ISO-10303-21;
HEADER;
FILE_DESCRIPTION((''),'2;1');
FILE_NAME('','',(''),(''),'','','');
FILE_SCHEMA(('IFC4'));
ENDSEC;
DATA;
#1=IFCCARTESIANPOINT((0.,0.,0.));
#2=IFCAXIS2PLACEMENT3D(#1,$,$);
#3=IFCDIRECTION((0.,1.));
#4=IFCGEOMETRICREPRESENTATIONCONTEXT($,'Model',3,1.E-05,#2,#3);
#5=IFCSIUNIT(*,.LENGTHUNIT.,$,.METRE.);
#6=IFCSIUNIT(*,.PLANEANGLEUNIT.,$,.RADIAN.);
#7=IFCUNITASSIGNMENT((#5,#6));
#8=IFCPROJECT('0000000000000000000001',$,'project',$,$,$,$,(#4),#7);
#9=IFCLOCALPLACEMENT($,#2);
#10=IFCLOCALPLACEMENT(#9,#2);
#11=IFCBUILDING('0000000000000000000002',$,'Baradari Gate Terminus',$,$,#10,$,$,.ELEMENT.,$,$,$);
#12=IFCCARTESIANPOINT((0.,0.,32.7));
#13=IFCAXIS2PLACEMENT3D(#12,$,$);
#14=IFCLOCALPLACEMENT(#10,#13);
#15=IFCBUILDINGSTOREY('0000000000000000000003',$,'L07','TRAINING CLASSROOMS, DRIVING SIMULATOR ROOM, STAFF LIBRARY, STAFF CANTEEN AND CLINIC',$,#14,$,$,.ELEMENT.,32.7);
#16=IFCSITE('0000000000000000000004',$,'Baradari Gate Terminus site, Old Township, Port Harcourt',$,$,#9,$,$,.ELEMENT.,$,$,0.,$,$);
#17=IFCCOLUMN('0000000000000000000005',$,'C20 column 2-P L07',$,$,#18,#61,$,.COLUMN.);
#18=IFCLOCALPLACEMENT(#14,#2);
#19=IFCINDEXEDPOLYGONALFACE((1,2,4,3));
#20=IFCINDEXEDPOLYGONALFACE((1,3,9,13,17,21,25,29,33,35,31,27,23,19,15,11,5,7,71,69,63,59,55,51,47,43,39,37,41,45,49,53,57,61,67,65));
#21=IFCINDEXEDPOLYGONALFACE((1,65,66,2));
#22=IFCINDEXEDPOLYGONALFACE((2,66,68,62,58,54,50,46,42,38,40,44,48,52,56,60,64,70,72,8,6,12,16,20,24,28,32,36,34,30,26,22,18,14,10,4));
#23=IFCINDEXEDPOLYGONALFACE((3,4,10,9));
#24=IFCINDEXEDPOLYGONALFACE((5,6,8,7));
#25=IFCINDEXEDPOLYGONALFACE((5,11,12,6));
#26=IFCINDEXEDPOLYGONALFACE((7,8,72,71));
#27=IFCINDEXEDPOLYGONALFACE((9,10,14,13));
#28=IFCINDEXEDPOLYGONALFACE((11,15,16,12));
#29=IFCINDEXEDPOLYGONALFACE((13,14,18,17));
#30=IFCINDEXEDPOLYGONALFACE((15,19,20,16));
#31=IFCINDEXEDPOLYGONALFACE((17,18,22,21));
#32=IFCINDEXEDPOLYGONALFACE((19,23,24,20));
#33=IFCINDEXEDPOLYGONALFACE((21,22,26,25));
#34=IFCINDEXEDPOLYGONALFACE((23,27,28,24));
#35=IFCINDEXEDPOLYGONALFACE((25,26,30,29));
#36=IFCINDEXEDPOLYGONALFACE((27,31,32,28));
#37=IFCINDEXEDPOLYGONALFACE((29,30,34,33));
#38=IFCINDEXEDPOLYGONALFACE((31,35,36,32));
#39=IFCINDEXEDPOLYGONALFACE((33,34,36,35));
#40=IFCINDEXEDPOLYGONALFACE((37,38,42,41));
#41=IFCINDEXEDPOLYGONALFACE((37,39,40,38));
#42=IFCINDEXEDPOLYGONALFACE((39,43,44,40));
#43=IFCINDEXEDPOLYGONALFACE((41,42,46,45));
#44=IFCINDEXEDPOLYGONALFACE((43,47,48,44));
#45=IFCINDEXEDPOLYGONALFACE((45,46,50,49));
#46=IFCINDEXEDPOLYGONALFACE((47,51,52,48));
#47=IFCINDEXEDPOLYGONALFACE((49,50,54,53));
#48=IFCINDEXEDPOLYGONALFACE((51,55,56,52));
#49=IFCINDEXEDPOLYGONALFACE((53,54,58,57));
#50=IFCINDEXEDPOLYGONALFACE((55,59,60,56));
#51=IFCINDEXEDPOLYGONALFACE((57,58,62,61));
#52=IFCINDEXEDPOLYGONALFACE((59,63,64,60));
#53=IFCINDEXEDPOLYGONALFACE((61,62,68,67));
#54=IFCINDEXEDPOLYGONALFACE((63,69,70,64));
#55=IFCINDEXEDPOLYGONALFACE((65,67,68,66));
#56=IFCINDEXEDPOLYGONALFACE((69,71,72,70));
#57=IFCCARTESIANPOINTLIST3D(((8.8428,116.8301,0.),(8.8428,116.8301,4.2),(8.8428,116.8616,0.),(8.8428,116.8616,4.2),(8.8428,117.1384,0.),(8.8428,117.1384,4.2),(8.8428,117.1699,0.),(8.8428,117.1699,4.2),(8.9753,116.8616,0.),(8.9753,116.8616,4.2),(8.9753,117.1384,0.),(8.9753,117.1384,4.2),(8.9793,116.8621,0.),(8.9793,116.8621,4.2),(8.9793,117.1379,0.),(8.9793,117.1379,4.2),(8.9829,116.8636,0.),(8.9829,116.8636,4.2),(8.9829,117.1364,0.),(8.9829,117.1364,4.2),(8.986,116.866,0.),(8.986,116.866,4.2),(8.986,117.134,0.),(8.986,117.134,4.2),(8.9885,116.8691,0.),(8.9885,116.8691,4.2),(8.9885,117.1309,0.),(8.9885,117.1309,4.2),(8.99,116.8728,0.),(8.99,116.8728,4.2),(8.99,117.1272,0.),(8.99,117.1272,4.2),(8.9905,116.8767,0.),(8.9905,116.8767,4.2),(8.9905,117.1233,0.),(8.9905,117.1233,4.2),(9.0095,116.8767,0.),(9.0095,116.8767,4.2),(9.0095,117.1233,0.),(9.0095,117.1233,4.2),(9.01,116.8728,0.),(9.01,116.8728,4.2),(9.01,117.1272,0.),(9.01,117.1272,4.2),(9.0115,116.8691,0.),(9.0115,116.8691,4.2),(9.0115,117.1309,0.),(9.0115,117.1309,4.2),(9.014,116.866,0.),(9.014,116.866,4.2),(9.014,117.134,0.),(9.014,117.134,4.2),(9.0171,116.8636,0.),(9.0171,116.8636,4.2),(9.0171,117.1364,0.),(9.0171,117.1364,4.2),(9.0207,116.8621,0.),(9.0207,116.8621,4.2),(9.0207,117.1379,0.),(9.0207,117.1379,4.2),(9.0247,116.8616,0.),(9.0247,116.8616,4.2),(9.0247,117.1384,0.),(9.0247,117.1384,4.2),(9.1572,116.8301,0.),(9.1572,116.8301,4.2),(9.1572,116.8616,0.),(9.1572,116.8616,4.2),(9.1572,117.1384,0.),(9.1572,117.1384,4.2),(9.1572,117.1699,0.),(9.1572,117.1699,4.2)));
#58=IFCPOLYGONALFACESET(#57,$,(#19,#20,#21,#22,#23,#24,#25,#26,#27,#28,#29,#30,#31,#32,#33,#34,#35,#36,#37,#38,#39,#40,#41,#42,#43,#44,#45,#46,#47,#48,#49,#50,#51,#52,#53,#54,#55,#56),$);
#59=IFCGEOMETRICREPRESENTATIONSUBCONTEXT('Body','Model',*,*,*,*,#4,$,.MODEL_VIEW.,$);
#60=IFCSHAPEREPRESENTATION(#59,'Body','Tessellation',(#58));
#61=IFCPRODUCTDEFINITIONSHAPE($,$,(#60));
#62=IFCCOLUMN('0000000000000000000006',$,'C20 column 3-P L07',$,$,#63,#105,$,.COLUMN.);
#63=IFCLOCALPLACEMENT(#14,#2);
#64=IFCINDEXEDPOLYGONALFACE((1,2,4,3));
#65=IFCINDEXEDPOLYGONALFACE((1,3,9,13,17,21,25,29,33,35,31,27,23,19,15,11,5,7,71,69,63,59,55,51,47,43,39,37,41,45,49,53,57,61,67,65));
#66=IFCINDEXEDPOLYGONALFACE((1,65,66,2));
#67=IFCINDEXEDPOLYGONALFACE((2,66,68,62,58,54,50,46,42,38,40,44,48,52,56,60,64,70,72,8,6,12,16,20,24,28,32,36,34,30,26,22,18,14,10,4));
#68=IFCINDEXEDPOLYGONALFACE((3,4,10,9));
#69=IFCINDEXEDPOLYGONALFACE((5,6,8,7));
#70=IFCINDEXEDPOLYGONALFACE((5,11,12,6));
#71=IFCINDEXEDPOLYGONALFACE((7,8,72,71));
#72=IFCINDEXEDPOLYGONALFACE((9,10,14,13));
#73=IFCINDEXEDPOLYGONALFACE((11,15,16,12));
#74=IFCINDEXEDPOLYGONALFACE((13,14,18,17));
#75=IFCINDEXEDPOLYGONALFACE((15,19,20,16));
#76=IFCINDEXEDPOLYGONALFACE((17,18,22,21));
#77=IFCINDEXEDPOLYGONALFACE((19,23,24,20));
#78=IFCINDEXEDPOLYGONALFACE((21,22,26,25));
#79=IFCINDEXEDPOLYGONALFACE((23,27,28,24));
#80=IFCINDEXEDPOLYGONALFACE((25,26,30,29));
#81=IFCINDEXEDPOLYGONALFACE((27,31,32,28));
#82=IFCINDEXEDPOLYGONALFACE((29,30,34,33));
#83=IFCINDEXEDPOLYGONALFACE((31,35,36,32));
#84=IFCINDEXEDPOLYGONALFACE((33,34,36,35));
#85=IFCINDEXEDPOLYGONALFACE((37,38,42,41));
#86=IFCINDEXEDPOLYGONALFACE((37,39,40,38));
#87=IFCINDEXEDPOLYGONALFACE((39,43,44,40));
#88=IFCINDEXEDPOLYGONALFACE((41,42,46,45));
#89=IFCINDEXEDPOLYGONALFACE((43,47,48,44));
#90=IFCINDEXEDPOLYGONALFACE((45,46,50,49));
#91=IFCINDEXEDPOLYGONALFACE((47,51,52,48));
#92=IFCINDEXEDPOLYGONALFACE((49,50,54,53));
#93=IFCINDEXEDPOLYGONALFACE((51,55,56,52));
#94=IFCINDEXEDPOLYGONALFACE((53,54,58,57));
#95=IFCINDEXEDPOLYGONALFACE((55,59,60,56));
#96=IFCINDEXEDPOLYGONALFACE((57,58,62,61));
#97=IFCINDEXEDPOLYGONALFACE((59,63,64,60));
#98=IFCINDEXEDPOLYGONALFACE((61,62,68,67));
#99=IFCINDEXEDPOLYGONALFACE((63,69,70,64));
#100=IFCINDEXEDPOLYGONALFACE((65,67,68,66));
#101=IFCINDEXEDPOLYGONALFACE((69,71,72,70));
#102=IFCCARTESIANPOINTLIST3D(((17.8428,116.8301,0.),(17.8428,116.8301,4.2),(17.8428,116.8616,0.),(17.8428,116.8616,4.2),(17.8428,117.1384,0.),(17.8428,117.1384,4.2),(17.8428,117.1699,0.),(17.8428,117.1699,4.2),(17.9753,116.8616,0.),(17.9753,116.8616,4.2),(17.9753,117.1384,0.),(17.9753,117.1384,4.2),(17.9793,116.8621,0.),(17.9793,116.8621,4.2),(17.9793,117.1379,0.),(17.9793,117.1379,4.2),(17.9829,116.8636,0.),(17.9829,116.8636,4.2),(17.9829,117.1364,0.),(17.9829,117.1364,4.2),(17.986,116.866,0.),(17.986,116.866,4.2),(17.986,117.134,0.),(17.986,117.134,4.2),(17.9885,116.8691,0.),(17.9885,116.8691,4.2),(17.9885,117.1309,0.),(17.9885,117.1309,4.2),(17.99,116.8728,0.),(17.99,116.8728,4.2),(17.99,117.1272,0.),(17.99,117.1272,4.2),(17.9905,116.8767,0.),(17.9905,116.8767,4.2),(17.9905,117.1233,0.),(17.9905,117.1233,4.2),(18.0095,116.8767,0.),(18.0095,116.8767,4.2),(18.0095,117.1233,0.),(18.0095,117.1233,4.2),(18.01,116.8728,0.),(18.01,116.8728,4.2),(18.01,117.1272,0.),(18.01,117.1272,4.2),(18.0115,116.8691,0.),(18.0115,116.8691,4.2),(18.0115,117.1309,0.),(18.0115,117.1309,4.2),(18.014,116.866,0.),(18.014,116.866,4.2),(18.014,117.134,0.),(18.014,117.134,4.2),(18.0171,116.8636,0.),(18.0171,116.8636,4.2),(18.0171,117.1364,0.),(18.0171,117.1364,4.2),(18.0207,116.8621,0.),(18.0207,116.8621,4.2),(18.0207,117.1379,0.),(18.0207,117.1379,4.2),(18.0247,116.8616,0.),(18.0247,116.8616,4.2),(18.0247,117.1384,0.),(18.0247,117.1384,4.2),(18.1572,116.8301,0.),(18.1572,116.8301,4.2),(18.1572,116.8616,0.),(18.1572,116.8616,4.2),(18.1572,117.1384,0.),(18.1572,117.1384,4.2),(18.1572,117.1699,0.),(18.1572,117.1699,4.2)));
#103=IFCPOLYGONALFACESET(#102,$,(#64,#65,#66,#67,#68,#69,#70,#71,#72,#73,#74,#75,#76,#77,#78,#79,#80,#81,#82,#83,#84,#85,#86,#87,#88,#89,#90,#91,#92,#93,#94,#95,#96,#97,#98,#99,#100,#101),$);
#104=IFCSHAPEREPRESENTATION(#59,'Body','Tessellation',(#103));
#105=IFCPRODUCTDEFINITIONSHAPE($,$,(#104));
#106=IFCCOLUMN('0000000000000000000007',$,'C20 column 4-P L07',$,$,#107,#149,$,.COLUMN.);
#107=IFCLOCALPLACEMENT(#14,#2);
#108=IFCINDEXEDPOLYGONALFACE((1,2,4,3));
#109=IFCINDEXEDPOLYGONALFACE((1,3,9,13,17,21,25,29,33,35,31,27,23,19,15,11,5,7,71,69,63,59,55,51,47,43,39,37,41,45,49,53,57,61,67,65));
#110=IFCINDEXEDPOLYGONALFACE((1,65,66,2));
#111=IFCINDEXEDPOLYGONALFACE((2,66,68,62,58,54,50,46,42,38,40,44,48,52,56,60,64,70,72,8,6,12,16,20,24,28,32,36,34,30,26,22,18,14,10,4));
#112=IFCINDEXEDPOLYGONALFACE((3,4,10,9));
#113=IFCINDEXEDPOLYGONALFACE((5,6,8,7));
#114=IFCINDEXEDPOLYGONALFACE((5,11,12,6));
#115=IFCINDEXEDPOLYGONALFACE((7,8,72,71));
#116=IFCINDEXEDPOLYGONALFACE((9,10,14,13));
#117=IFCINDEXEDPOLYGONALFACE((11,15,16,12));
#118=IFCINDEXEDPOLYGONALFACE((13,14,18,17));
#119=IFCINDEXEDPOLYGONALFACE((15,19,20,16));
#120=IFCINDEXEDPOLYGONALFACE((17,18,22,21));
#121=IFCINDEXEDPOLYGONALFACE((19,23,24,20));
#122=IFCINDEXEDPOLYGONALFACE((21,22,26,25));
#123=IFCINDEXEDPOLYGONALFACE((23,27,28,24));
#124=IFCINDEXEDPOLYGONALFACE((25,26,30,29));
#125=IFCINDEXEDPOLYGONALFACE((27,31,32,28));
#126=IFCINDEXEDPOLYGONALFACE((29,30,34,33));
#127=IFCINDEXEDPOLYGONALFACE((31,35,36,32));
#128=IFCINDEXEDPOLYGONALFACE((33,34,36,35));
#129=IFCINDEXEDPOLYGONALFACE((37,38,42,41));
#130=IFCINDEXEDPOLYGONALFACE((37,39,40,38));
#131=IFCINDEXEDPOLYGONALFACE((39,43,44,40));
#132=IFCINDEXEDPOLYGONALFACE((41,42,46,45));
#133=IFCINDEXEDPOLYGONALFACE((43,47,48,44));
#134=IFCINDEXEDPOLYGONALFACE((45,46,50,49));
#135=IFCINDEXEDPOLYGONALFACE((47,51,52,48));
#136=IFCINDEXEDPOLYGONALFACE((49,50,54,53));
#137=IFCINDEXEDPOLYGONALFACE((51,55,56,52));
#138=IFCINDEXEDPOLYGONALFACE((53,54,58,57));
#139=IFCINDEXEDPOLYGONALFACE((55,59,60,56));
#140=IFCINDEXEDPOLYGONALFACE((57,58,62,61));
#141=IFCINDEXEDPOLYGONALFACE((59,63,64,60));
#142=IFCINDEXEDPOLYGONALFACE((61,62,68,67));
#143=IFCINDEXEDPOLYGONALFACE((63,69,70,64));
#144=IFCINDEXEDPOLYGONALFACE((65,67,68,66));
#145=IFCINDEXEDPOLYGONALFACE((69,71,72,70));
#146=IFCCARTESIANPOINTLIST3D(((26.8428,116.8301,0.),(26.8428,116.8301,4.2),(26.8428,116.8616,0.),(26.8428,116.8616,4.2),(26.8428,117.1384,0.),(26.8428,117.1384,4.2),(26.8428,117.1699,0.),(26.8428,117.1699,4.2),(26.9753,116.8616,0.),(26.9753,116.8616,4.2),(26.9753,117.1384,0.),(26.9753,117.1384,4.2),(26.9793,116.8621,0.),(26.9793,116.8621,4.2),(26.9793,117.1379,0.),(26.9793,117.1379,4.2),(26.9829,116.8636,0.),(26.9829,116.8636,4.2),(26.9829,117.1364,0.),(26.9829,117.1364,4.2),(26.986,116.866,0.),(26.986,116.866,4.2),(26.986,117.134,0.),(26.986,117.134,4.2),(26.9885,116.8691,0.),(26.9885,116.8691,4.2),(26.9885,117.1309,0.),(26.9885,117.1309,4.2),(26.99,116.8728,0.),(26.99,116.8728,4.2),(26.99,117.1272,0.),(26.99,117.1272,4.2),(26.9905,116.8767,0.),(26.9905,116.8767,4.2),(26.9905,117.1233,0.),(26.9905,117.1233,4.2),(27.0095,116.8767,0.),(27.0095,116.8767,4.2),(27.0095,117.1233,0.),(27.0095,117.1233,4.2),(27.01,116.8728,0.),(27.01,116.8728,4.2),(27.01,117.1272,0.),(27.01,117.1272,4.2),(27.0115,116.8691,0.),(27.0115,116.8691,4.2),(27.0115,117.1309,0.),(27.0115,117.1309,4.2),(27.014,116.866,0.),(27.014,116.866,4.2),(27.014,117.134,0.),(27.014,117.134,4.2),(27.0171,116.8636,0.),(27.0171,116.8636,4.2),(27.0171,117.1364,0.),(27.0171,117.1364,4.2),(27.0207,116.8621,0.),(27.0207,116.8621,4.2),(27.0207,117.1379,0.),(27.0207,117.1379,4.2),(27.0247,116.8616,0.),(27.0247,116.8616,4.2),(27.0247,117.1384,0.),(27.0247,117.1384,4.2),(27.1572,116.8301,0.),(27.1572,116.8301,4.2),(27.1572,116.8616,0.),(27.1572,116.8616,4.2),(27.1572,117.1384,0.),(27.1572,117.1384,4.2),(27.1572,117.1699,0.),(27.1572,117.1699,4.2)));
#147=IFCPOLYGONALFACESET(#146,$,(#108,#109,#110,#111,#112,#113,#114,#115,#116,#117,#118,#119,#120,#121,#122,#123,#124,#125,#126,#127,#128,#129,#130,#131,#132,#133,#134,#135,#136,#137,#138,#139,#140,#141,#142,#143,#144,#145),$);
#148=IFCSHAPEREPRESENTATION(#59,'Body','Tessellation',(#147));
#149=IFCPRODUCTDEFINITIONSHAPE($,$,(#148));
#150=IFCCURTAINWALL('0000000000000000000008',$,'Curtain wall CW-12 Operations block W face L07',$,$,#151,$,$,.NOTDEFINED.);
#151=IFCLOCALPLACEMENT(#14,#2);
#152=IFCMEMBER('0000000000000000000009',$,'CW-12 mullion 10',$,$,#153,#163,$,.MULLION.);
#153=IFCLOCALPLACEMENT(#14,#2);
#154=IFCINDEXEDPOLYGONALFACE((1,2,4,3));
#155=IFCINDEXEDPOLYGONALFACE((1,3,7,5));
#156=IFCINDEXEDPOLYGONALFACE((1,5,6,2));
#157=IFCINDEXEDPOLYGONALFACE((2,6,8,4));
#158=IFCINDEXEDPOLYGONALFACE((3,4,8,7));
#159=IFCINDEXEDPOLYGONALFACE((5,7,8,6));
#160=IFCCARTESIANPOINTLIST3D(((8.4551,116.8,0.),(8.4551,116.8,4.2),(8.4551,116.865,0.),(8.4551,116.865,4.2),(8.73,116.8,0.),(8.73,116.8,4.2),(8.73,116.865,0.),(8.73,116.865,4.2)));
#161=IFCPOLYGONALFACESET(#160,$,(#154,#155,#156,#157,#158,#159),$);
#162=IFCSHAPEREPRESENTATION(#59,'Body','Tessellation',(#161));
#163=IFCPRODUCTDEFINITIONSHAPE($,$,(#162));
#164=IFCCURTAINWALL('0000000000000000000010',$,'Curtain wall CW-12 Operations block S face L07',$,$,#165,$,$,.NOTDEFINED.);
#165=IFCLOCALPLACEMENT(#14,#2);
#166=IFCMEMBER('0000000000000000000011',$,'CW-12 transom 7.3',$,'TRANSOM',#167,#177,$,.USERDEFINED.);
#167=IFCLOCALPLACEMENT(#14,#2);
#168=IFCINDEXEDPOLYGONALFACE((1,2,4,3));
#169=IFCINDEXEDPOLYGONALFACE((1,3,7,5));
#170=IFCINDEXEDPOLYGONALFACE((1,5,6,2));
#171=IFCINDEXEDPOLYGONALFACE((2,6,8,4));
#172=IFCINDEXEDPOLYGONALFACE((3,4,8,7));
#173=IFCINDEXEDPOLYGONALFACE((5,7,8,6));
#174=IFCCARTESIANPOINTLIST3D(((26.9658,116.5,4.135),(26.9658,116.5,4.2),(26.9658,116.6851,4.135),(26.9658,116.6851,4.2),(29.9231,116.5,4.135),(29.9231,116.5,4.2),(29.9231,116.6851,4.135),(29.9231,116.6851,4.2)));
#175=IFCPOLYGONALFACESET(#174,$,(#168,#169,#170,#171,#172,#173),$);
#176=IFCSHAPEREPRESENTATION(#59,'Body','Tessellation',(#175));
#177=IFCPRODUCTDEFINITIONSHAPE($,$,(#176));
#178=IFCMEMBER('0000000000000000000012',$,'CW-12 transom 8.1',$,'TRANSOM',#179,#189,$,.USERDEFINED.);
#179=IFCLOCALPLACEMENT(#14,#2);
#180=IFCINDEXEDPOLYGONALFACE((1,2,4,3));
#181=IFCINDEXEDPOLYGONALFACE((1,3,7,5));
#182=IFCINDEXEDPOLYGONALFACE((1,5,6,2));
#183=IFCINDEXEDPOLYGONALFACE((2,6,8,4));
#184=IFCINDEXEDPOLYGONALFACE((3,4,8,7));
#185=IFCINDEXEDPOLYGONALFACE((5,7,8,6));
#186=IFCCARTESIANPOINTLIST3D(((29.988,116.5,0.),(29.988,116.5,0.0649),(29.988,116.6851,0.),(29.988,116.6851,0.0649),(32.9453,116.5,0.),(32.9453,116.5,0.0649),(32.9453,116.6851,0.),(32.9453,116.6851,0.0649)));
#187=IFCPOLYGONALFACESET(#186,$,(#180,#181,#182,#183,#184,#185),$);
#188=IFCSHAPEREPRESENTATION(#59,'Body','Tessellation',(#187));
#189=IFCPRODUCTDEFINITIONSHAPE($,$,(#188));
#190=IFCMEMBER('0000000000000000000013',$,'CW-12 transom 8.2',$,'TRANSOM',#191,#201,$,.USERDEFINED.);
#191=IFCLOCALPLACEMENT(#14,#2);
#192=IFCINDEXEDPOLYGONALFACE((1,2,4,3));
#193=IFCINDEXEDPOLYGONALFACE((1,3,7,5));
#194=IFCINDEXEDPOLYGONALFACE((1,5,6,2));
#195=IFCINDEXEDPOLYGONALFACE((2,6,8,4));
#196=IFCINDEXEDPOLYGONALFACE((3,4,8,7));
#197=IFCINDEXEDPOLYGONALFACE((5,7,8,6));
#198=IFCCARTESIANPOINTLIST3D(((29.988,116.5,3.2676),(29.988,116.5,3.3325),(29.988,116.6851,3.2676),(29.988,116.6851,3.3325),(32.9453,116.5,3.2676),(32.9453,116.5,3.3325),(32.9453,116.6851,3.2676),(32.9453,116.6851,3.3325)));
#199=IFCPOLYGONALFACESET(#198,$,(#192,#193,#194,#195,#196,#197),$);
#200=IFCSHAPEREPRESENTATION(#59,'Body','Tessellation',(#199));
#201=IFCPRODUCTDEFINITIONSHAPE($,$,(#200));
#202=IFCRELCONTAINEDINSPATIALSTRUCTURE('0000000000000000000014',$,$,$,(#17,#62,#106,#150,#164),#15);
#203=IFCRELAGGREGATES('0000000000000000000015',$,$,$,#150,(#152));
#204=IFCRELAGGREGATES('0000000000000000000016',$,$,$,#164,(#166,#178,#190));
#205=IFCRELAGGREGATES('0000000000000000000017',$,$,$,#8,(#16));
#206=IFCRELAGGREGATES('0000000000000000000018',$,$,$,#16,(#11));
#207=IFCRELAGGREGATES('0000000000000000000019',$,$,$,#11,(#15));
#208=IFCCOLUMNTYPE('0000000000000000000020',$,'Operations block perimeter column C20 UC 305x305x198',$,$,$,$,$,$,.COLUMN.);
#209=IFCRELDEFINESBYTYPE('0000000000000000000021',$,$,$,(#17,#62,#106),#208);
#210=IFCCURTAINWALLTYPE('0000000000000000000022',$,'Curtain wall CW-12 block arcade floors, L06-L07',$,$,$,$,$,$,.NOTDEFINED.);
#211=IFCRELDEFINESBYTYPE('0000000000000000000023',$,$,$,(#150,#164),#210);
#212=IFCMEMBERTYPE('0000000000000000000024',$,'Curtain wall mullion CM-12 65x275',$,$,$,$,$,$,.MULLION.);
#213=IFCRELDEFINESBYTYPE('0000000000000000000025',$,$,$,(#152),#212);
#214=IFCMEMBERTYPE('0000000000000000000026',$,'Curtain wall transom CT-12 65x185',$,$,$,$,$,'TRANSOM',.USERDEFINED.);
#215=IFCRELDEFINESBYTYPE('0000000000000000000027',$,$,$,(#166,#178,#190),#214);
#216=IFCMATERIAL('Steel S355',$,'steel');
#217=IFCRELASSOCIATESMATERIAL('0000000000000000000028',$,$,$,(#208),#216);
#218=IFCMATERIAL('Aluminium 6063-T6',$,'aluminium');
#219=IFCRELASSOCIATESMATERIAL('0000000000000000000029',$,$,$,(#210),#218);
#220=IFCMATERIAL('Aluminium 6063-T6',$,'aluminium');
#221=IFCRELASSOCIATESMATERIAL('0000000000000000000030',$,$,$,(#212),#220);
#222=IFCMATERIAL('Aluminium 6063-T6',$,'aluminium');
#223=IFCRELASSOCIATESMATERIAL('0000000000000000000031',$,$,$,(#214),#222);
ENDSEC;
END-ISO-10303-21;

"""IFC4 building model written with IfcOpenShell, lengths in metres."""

from ifc_helpers import new_model, si_unit, direction, frame, origin, origin_2d, place, context, subcontext, project, spatial, rectangle, i_section, extrude, material, material_profile, profile_set, type_object, element, aggregate, save


model = new_model("IFC4")

# Units and contexts
model_context = context("Model", 3, precision=1e-05, world=origin(), true_north=direction((0.0, 1.0)))
body_context = subcontext(model_context, "Body", "Model", "MODEL_VIEW")
ifc_project = project(units=[si_unit("LENGTHUNIT", "METRE"), si_unit("PLANEANGLEUNIT", "RADIAN")], contexts=[model_context])

# Site, building, storey
site_placement = place(None, origin())
site = spatial("IfcSite", under=ifc_project, at=site_placement, Name="Baradari Gate Terminus site, Old Township, Port Harcourt", CompositionType="ELEMENT", RefElevation=0.0)
building_placement = place(site_placement, origin())
building = spatial("IfcBuilding", under=site, at=building_placement, Name="Baradari Gate Terminus", CompositionType="ELEMENT")
storey_placement = place(building_placement, frame((0.0, 0.0, 32.7)))
storey = spatial("IfcBuildingStorey", under=building, at=storey_placement, Name="L07", Description="TRAINING CLASSROOMS, DRIVING SIMULATOR ROOM, STAFF LIBRARY, STAFF CANTEEN AND CLINIC", CompositionType="ELEMENT", Elevation=32.7)

# Columns
ifc_material_1 = material(Name="Steel S355", Category="steel")
ifc_material_profile_1 = material_profile(ifc_material_1, i_section(OverallWidth=0.3145, OverallDepth=0.3398, WebThickness=0.019, FlangeThickness=0.0315, FilletRadius=0.0151, at=origin_2d()), Name="UC 305x305x198")
ifc_profile_set_1 = profile_set([ifc_material_profile_1], Name="Steel S355")
column_type = type_object("IfcColumnType", Name="Operations block perimeter column C20 UC 305x305x198", PredefinedType="COLUMN", material=ifc_profile_set_1)
for number, where, z_axis, x_axis, name in (
    (1, (9.0, 117.0, 0.0), (0.0, 0.0, 1.0), (1.0, 0.0, 0.0), "C20 column 2-P L07"),
    (2, (18.0, 117.0, 0.0), (0.0, 0.0, 1.0), (1.0, 0.0, 0.0), "C20 column 3-P L07"),
    (3, (27.0, 117.0, 0.0), (0.0, 0.0, 1.0), (1.0, 0.0, 0.0), "C20 column 4-P L07"),
):
    element("IfcColumn", number, at=place(storey_placement, frame(where, z_axis=z_axis, x_axis=x_axis)), inside=storey, type_object=column_type, Name=name, PredefinedType="COLUMN", context=body_context, shape_type="SweptSolid", body=[
        extrude(i_section(OverallWidth=0.3145, OverallDepth=0.3398, WebThickness=0.019, FlangeThickness=0.0315, FilletRadius=0.0151, at=origin_2d()), origin(), (0.0, 0.0, 1.0), 4.2),
    ])

# Curtain wall, member
ifc_material_2 = material(Name="Aluminium 6063-T6", Category="aluminium")
curtain_wall_type = type_object("IfcCurtainWallType", Name="Curtain wall CW-12 block arcade floors, L06-L07", PredefinedType="NOTDEFINED", material=ifc_material_2)
curtain_wall_1_placement = place(storey_placement, origin())
curtain_wall_1 = element("IfcCurtainWall", 4, at=curtain_wall_1_placement, inside=storey, type_object=curtain_wall_type, Name="Curtain wall CW-12 Operations block W face L07", PredefinedType="NOTDEFINED")
ifc_material_3 = material(Name="Aluminium 6063-T6", Category="aluminium")
ifc_material_profile_2 = material_profile(ifc_material_3, rectangle(XDim=0.2749, YDim=0.0649, at=origin_2d()), Name="CM-12 65X275")
ifc_profile_set_2 = profile_set([ifc_material_profile_2], Name="Aluminium 6063-T6")
member_type_1 = type_object("IfcMemberType", Name="Curtain wall mullion CM-12 65x275", PredefinedType="MULLION", material=ifc_profile_set_2)
member_1_placement = place(storey_placement, frame((8.5925, 116.8325, 0.0), z_axis=(0.0, 0.0, 1.0), x_axis=(1.0, 0.0, 0.0)))
member_1 = element("IfcMember", 5, at=member_1_placement, type_object=member_type_1, Name="CW-12 mullion 10", PredefinedType="MULLION", context=body_context, shape_type="SweptSolid", body=[
    extrude(rectangle(XDim=0.2749, YDim=0.0649, at=origin_2d()), origin(), (0.0, 0.0, 1.0), 4.2),
])
aggregate(curtain_wall_1, [member_1])

# Curtain wall, members
curtain_wall_2_placement = place(storey_placement, origin())
curtain_wall_2 = element("IfcCurtainWall", 6, at=curtain_wall_2_placement, inside=storey, type_object=curtain_wall_type, Name="Curtain wall CW-12 Operations block S face L07", PredefinedType="NOTDEFINED")
ifc_material_4 = material(Name="Aluminium 6063-T6", Category="aluminium")
ifc_material_profile_3 = material_profile(ifc_material_4, rectangle(XDim=0.1851, YDim=0.0649, at=origin_2d()), Name="CT-12 65X185")
ifc_profile_set_3 = profile_set([ifc_material_profile_3], Name="Aluminium 6063-T6")
member_type_2 = type_object("IfcMemberType", Name="Curtain wall transom CT-12 65x185", ElementType="TRANSOM", PredefinedType="USERDEFINED", material=ifc_profile_set_3)
member_2_placement = place(storey_placement, frame((26.9658, 116.5925, 4.1675), z_axis=(1.0, 0.0, 0.0), x_axis=(0.0, 1.0, 0.0)))
member_2 = element("IfcMember", 7, at=member_2_placement, type_object=member_type_2, Name="CW-12 transom 7.3", ObjectType="TRANSOM", PredefinedType="USERDEFINED", context=body_context, shape_type="SweptSolid", body=[
    extrude(rectangle(XDim=0.1851, YDim=0.0649, at=origin_2d()), origin(), (0.0, 0.0, 1.0), 2.9573),
])
member_3_placement = place(storey_placement, frame((29.988, 116.5925, 0.0325), z_axis=(1.0, 0.0, 0.0), x_axis=(0.0, 1.0, 0.0)))
member_3 = element("IfcMember", 8, at=member_3_placement, type_object=member_type_2, Name="CW-12 transom 8.1", ObjectType="TRANSOM", PredefinedType="USERDEFINED", context=body_context, shape_type="SweptSolid", body=[
    extrude(rectangle(XDim=0.1851, YDim=0.0649, at=origin_2d()), origin(), (0.0, 0.0, 1.0), 2.9573),
])
member_4_placement = place(storey_placement, frame((29.988, 116.5925, 3.3), z_axis=(1.0, 0.0, 0.0), x_axis=(0.0, 1.0, 0.0)))
member_4 = element("IfcMember", 9, at=member_4_placement, type_object=member_type_2, Name="CW-12 transom 8.2", ObjectType="TRANSOM", PredefinedType="USERDEFINED", context=body_context, shape_type="SweptSolid", body=[
    extrude(rectangle(XDim=0.1851, YDim=0.0649, at=origin_2d()), origin(), (0.0, 0.0, 1.0), 2.9573),
])

aggregate(curtain_wall_2, [member_2, member_3, member_4])

save(model, "model.ifc")
